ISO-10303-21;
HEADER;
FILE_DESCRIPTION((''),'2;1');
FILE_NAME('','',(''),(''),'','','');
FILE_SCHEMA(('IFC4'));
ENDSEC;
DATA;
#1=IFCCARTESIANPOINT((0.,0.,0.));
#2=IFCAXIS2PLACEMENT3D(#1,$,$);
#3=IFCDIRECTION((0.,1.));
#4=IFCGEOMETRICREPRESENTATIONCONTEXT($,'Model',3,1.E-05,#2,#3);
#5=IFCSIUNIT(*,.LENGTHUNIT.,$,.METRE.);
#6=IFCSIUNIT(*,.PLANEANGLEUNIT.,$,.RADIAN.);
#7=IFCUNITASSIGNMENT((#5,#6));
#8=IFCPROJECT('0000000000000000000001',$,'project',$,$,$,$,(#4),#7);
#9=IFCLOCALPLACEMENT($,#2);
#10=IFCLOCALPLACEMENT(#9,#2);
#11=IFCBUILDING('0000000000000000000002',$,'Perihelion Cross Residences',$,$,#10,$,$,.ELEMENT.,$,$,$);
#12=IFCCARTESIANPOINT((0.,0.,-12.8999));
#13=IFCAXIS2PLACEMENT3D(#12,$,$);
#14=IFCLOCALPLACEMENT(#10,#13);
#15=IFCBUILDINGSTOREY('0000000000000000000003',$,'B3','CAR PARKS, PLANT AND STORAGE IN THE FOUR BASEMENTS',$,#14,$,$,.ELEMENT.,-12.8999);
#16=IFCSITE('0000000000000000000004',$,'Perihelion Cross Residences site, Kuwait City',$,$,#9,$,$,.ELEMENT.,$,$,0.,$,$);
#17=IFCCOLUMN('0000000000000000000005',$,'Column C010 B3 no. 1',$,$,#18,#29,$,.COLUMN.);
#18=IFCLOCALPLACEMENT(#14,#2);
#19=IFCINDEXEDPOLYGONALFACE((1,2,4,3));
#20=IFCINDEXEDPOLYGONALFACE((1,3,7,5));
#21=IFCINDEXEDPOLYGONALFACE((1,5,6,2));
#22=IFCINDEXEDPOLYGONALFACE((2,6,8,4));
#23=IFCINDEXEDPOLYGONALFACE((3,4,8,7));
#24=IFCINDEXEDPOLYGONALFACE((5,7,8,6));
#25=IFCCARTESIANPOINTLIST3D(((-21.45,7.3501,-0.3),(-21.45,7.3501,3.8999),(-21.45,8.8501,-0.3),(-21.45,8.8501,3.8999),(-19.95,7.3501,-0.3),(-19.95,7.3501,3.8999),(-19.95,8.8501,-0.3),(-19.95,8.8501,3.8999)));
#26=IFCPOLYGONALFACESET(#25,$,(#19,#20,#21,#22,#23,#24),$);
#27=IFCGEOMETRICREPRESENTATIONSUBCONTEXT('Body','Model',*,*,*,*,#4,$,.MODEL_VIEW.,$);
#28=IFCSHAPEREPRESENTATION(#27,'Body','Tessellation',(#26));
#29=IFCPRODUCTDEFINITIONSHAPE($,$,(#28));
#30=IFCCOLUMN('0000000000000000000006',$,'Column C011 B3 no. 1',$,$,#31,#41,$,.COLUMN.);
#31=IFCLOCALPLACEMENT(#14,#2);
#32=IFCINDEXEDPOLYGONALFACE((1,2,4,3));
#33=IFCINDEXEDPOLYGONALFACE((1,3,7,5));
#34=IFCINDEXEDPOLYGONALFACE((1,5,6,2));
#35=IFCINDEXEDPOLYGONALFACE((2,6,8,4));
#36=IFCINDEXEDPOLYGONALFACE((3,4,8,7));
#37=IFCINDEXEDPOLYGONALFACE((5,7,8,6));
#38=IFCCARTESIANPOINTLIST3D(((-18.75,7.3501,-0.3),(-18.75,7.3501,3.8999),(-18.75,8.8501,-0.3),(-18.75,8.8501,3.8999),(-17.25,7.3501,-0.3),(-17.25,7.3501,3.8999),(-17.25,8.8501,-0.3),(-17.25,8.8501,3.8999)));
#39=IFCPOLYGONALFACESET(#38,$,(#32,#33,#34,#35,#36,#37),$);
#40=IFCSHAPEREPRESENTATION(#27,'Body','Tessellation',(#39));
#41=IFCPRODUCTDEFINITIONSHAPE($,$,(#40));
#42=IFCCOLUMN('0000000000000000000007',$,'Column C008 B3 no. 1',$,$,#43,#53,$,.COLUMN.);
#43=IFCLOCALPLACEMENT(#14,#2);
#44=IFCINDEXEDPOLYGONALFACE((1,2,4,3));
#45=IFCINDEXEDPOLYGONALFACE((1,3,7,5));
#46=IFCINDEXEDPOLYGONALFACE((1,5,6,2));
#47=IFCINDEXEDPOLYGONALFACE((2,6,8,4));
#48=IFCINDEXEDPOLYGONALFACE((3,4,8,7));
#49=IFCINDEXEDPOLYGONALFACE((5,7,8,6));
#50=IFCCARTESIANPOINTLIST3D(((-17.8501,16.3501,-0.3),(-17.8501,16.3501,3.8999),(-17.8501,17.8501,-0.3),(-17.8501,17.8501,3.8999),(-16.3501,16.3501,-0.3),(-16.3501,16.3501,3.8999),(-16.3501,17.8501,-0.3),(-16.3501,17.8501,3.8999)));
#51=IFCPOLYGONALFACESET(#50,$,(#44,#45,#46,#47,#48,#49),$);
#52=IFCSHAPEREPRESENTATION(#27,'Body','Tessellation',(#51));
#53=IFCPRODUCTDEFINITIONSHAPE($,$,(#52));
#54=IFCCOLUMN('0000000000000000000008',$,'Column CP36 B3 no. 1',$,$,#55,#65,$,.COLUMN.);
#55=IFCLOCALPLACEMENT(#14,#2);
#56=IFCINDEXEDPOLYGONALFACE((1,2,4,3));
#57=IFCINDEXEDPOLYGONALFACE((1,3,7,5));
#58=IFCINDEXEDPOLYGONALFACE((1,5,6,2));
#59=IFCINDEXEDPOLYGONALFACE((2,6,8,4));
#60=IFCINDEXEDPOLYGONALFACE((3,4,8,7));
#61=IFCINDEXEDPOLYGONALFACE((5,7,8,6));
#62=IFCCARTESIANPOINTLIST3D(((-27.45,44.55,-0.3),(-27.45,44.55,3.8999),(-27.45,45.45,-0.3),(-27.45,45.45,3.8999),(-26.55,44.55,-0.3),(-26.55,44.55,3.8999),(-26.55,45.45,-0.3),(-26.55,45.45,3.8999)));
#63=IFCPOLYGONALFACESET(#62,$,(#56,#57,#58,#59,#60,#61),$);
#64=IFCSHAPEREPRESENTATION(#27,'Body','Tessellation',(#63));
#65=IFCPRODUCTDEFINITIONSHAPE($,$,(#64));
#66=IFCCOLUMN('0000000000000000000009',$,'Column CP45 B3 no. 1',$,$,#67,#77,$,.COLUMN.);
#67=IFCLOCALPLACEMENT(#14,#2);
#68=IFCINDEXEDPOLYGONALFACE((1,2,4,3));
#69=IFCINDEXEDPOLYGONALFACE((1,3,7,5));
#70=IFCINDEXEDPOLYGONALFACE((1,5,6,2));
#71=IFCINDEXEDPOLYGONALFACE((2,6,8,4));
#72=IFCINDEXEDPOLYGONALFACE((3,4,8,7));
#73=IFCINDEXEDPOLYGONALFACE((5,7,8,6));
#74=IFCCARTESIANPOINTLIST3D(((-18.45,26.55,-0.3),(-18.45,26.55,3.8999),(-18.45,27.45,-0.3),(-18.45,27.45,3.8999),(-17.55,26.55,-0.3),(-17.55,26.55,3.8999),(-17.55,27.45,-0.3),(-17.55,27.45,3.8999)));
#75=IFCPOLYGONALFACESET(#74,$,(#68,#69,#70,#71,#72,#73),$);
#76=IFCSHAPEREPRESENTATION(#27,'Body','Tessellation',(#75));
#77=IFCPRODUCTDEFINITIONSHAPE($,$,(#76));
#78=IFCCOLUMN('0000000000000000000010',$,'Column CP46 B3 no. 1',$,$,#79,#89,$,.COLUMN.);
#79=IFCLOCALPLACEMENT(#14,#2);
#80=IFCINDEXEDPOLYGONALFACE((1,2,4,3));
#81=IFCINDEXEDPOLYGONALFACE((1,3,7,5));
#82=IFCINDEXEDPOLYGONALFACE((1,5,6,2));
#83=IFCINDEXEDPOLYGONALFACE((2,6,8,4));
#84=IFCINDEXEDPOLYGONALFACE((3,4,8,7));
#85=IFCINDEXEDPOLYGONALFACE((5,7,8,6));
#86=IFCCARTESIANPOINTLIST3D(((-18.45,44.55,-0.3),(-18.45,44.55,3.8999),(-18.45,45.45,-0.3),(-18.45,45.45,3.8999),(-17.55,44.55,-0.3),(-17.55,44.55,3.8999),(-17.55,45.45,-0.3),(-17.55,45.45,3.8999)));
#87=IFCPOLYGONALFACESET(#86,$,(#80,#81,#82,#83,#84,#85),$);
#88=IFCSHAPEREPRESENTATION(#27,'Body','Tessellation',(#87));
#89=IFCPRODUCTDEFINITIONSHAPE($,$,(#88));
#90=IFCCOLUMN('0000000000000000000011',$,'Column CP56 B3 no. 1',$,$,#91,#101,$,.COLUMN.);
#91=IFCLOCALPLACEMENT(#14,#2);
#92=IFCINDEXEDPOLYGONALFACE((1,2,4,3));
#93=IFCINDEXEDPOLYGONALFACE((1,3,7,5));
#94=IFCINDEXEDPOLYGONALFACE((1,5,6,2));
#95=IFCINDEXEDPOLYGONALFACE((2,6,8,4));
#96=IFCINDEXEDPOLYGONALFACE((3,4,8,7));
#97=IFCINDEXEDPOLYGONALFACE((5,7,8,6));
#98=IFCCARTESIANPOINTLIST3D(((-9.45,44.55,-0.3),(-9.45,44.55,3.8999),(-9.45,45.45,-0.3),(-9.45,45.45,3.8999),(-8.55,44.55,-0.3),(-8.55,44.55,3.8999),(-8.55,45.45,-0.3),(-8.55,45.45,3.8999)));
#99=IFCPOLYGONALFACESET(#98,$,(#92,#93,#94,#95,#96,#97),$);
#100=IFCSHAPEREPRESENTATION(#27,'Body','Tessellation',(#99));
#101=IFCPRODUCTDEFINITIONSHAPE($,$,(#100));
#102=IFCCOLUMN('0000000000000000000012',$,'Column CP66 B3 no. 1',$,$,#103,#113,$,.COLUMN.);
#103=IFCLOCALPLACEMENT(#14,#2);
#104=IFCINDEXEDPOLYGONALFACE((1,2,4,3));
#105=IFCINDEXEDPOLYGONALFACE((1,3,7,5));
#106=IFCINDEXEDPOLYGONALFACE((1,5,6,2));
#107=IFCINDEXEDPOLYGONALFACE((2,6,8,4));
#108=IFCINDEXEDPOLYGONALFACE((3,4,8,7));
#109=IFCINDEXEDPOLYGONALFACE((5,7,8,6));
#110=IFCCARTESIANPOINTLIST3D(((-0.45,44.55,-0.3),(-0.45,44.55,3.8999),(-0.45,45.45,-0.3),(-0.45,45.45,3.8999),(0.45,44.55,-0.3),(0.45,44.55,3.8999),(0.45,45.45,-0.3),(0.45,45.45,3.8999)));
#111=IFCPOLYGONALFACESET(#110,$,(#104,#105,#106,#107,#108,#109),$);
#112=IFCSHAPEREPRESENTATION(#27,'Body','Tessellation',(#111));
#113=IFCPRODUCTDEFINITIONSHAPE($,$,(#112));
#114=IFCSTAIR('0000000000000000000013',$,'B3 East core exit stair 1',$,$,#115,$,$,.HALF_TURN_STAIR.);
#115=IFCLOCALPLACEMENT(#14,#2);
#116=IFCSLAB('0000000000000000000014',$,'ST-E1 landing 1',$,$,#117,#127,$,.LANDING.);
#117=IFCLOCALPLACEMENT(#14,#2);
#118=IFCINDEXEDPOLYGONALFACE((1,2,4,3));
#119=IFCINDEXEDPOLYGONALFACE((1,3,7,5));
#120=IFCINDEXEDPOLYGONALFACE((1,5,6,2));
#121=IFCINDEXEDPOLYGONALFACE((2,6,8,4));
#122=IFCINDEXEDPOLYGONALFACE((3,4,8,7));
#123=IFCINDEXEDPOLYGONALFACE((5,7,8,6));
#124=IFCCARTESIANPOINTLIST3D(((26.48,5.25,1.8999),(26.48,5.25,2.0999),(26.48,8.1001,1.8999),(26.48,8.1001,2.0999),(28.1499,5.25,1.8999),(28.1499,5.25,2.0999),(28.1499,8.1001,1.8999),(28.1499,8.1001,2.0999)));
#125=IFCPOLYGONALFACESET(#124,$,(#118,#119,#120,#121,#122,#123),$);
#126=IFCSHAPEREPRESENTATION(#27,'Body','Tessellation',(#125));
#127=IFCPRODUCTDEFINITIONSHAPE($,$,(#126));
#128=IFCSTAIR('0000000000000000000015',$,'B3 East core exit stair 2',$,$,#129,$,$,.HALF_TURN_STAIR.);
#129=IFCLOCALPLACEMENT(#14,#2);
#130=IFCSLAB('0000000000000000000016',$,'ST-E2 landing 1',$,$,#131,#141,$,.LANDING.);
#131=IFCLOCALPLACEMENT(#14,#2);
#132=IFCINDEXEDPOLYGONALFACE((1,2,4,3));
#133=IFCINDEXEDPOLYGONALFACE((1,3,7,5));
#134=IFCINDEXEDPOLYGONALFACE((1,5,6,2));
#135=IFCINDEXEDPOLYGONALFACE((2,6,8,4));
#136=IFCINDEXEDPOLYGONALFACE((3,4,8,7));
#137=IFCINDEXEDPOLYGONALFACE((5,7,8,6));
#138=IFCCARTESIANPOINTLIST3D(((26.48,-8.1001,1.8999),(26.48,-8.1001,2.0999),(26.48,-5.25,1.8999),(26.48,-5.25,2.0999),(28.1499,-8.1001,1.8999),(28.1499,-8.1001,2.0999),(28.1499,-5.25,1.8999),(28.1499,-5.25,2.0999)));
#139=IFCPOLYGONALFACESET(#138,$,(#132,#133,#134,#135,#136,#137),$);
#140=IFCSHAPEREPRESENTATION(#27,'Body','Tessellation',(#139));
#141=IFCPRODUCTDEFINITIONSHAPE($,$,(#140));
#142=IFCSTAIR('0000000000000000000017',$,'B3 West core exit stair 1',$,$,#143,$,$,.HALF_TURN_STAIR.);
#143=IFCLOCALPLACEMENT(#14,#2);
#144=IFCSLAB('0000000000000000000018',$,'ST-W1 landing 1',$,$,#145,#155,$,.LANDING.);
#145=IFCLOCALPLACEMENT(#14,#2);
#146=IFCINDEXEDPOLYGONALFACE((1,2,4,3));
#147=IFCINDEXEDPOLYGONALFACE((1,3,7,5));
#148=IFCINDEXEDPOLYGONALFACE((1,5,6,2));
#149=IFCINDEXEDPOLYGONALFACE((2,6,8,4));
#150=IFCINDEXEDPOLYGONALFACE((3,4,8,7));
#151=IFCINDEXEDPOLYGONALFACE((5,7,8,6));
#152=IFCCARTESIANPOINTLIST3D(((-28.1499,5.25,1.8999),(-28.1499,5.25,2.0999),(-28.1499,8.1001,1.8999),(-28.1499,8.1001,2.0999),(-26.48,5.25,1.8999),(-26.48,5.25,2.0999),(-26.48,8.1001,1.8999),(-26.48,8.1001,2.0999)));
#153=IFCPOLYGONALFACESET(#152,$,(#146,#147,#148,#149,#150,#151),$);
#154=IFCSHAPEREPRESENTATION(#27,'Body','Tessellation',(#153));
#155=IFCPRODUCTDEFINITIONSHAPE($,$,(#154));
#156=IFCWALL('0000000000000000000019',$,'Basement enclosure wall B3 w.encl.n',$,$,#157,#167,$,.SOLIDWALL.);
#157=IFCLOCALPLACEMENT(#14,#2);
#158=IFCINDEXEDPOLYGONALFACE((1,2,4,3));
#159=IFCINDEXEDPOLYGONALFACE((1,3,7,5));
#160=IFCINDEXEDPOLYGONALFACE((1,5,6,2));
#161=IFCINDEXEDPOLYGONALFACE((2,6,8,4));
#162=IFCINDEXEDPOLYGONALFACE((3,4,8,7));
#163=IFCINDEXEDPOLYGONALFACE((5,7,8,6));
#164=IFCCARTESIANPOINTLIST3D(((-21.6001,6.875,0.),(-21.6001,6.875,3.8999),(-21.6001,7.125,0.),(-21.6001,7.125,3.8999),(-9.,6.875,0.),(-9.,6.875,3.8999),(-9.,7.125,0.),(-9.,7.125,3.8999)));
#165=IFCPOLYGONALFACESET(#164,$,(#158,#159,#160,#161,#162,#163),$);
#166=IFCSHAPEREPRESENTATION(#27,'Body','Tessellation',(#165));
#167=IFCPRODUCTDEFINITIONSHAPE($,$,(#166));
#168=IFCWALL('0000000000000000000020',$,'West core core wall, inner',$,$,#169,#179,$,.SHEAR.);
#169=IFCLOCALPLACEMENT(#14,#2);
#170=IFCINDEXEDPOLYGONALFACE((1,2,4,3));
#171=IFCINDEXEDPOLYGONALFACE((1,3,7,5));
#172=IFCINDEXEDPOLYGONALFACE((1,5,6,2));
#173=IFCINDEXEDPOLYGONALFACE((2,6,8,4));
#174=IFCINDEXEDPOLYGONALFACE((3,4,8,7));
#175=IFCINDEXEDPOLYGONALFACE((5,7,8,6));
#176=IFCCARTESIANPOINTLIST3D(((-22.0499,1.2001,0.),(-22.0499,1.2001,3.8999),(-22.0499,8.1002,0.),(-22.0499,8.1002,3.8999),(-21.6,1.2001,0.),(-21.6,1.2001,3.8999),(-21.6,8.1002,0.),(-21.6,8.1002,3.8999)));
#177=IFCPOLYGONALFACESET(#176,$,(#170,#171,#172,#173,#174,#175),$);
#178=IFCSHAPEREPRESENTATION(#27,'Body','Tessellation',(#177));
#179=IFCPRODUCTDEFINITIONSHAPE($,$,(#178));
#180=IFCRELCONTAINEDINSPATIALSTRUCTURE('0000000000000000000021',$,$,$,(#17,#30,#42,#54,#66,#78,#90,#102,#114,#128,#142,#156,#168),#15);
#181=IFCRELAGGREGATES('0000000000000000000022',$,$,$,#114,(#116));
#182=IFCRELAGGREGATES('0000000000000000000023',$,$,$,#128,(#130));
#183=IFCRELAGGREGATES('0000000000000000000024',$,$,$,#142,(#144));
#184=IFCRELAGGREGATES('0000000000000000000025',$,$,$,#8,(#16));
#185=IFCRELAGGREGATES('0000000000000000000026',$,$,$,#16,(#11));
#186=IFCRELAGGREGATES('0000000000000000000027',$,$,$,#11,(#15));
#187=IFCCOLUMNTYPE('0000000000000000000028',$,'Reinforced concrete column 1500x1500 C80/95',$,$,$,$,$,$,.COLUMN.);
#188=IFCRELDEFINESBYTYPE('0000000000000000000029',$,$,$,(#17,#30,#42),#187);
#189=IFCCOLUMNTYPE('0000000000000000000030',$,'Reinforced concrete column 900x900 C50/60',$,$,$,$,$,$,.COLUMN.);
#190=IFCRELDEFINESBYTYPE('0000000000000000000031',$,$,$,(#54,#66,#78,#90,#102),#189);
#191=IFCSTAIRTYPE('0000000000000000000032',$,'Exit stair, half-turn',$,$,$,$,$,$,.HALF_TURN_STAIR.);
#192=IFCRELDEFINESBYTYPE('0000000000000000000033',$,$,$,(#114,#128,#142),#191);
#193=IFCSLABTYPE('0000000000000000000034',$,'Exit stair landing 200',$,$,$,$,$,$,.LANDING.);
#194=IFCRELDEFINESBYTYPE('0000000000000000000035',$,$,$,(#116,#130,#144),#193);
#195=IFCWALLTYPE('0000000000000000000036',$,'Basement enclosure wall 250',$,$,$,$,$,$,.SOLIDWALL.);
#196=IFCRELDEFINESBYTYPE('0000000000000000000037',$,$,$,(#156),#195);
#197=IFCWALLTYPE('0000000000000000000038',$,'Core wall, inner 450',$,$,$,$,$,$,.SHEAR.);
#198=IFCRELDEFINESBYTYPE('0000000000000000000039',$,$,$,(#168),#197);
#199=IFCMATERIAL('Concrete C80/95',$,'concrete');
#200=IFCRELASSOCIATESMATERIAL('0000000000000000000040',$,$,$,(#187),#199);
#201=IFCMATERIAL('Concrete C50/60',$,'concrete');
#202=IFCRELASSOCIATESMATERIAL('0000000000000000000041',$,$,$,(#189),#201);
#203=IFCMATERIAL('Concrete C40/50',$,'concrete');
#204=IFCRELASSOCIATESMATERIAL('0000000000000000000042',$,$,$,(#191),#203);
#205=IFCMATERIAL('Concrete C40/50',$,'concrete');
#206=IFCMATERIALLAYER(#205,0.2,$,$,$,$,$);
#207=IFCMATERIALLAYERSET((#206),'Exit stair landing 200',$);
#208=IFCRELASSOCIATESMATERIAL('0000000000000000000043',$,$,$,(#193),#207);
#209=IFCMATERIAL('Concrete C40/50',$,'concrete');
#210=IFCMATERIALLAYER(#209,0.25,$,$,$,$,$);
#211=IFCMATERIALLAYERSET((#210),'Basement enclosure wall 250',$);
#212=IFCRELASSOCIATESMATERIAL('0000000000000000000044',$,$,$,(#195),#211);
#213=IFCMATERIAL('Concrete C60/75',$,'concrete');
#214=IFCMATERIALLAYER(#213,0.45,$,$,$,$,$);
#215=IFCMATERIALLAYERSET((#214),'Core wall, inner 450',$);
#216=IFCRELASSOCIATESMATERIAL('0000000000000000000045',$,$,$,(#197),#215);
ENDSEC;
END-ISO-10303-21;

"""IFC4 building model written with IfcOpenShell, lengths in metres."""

from ifc_helpers import new_model, si_unit, direction, frame, frame_2d, origin, origin_2d, place, context, subcontext, project, spatial, polyline, rectangle, outline, extrude, material, layer, layer_set, material_profile, profile_set, type_object, element, aggregate, save


model = new_model("IFC4")

# Units and contexts
model_context = context("Model", 3, precision=1e-05, world=origin(), true_north=direction((0.0, 1.0)))
body_context = subcontext(model_context, "Body", "Model", "MODEL_VIEW")
ifc_project = project(units=[si_unit("LENGTHUNIT", "METRE"), si_unit("PLANEANGLEUNIT", "RADIAN")], contexts=[model_context])

# Site, building, storey
site_placement = place(None, origin())
site = spatial("IfcSite", under=ifc_project, at=site_placement, Name="Perihelion Cross Residences site, Kuwait City", CompositionType="ELEMENT", RefElevation=0.0)
building_placement = place(site_placement, origin())
building = spatial("IfcBuilding", under=site, at=building_placement, Name="Perihelion Cross Residences", CompositionType="ELEMENT")
storey_placement = place(building_placement, frame((0.0, 0.0, -12.8999)))
storey = spatial("IfcBuildingStorey", under=building, at=storey_placement, Name="B3", Description="CAR PARKS, PLANT AND STORAGE IN THE FOUR BASEMENTS", CompositionType="ELEMENT", Elevation=-12.8999)

# Columns
ifc_material_1 = material(Name="Concrete C80/95", Category="concrete")
ifc_material_profile_1 = material_profile(ifc_material_1, rectangle(XDim=1.5, YDim=1.5, at=origin_2d()), Name="RC 1500x1500")
ifc_profile_set_1 = profile_set([ifc_material_profile_1], Name="Concrete C80/95")
column_type_1 = type_object("IfcColumnType", Name="Reinforced concrete column 1500x1500 C80/95", PredefinedType="COLUMN", material=ifc_profile_set_1)
for number, where, z_axis, x_axis, name in (
    (1, (-20.7, 8.1001, -0.3), (0.0, 0.0, 1.0), (1.0, 0.0, 0.0), "Column C010 B3 no. 1"),
    (2, (-18.0, 8.1001, -0.3), (0.0, 0.0, 1.0), (1.0, 0.0, 0.0), "Column C011 B3 no. 1"),
    (3, (-17.1001, 17.1001, -0.3), (0.0, 0.0, 1.0), (1.0, 0.0, 0.0), "Column C008 B3 no. 1"),
):
    element("IfcColumn", number, at=place(storey_placement, frame(where, z_axis=z_axis, x_axis=x_axis)), inside=storey, type_object=column_type_1, Name=name, PredefinedType="COLUMN", context=body_context, shape_type="SweptSolid", body=[
        extrude(rectangle(XDim=1.5, YDim=1.5, at=origin_2d()), origin(), (0.0, 0.0, 1.0), 4.2),
    ])
ifc_material_2 = material(Name="Concrete C50/60", Category="concrete")
ifc_material_profile_2 = material_profile(ifc_material_2, rectangle(XDim=0.8999, YDim=0.8999, at=origin_2d()), Name="RC 900x900")
ifc_profile_set_2 = profile_set([ifc_material_profile_2], Name="Concrete C50/60")
column_type_2 = type_object("IfcColumnType", Name="Reinforced concrete column 900x900 C50/60", PredefinedType="COLUMN", material=ifc_profile_set_2)
for number, where, z_axis, x_axis, name in (
    (4, (-27.0, 45.0, -0.3), (0.0, 0.0, 1.0), (1.0, 0.0, 0.0), "Column CP36 B3 no. 1"),
    (5, (-18.0, 27.0, -0.3), (0.0, 0.0, 1.0), (1.0, 0.0, 0.0), "Column CP45 B3 no. 1"),
    (6, (-18.0, 45.0, -0.3), (0.0, 0.0, 1.0), (1.0, 0.0, 0.0), "Column CP46 B3 no. 1"),
    (7, (-9.0, 45.0, -0.3), (0.0, 0.0, 1.0), (1.0, 0.0, 0.0), "Column CP56 B3 no. 1"),
    (8, (0.0, 45.0, -0.3), (0.0, 0.0, 1.0), (1.0, 0.0, 0.0), "Column CP66 B3 no. 1"),
):
    element("IfcColumn", number, at=place(storey_placement, frame(where, z_axis=z_axis, x_axis=x_axis)), inside=storey, type_object=column_type_2, Name=name, PredefinedType="COLUMN", context=body_context, shape_type="SweptSolid", body=[
        extrude(rectangle(XDim=0.8999, YDim=0.8999, at=origin_2d()), origin(), (0.0, 0.0, 1.0), 4.2),
    ])

# Stairs, slabs
ifc_material_3 = material(Name="Concrete C40/50", Category="concrete")
stair_type = type_object("IfcStairType", Name="Exit stair, half-turn", PredefinedType="HALF_TURN_STAIR", material=ifc_material_3)
stair_1_placement = place(storey_placement, origin())
stair_1 = element("IfcStair", 9, at=stair_1_placement, inside=storey, type_object=stair_type, Name="B3 East core exit stair 1", PredefinedType="HALF_TURN_STAIR")
ifc_material_4 = material(Name="Concrete C40/50", Category="concrete")
ifc_layer_1 = layer(ifc_material_4, 0.2)
ifc_layer_set_1 = layer_set([ifc_layer_1], Name="Exit stair landing 200")
slab_type = type_object("IfcSlabType", Name="Exit stair landing 200", PredefinedType="LANDING", material=ifc_layer_set_1)
slab_1_placement = place(storey_placement, frame((0.0, 0.0, 1.8999)))
slab_1 = element("IfcSlab", 10, at=slab_1_placement, type_object=slab_type, Name="ST-E1 landing 1", PredefinedType="LANDING", context=body_context, shape_type="SweptSolid", body=[
    extrude(outline(polyline([(26.48, 5.25), (28.1499, 5.25), (28.1499, 8.1001), (26.48, 8.1001), (26.48, 5.25)])), origin(), (0.0, 0.0, 1.0), 0.2),
])
aggregate(stair_1, [slab_1])
stair_2_placement = place(storey_placement, origin())
stair_2 = element("IfcStair", 11, at=stair_2_placement, inside=storey, type_object=stair_type, Name="B3 East core exit stair 2", PredefinedType="HALF_TURN_STAIR")
slab_2_placement = place(storey_placement, frame((0.0, 0.0, 1.8999)))
slab_2 = element("IfcSlab", 12, at=slab_2_placement, type_object=slab_type, Name="ST-E2 landing 1", PredefinedType="LANDING", context=body_context, shape_type="SweptSolid", body=[
    extrude(outline(polyline([(26.48, -8.1001), (28.1499, -8.1001), (28.1499, -5.25), (26.48, -5.25), (26.48, -8.1001)])), origin(), (0.0, 0.0, 1.0), 0.2),
])
aggregate(stair_2, [slab_2])
stair_3_placement = place(storey_placement, origin())
stair_3 = element("IfcStair", 13, at=stair_3_placement, inside=storey, type_object=stair_type, Name="B3 West core exit stair 1", PredefinedType="HALF_TURN_STAIR")
slab_3_placement = place(storey_placement, frame((0.0, 0.0, 1.8999)))
slab_3 = element("IfcSlab", 14, at=slab_3_placement, type_object=slab_type, Name="ST-W1 landing 1", PredefinedType="LANDING", context=body_context, shape_type="SweptSolid", body=[
    extrude(outline(polyline([(-26.48, 8.1001), (-28.1499, 8.1001), (-28.1499, 5.25), (-26.48, 5.25), (-26.48, 8.1001)])), origin(), (0.0, 0.0, 1.0), 0.2),
])

# Walls
ifc_material_5 = material(Name="Concrete C40/50", Category="concrete")
ifc_layer_2 = layer(ifc_material_5, 0.25)
ifc_layer_set_2 = layer_set([ifc_layer_2], Name="Basement enclosure wall 250")
wall_type_1 = type_object("IfcWallType", Name="Basement enclosure wall 250", PredefinedType="SOLIDWALL", material=ifc_layer_set_2)
wall_1_placement = place(storey_placement, frame((-9.0, 7.0, 0.0), z_axis=(0.0, 0.0, 1.0), x_axis=(-1.0, 0.0, 0.0)))
element("IfcWall", 15, at=wall_1_placement, inside=storey, type_object=wall_type_1, Name="Basement enclosure wall B3 w.encl.n", PredefinedType="SOLIDWALL", context=body_context, shape_type="SweptSolid", body=[
    extrude(rectangle(XDim=12.6001, YDim=0.25, at=frame_2d((6.3, 0.0))), origin(), (0.0, 0.0, 1.0), 3.8999),
])
ifc_material_6 = material(Name="Concrete C60/75", Category="concrete")
ifc_layer_3 = layer(ifc_material_6, 0.45)
ifc_layer_set_3 = layer_set([ifc_layer_3], Name="Core wall, inner 450")
wall_type_2 = type_object("IfcWallType", Name="Core wall, inner 450", PredefinedType="SHEAR", material=ifc_layer_set_3)
wall_2_placement = place(storey_placement, frame((-21.825, 1.2, 0.0), z_axis=(0.0, 0.0, 1.0), x_axis=(0.0, 1.0, 0.0)))
element("IfcWall", 16, at=wall_2_placement, inside=storey, type_object=wall_type_2, Name="West core core wall, inner", PredefinedType="SHEAR", context=body_context, shape_type="SweptSolid", body=[
    extrude(rectangle(XDim=6.9001, YDim=0.45, at=frame_2d((3.4502, 0.0))), origin(), (0.0, 0.0, 1.0), 3.8999),
])

aggregate(stair_3, [slab_3])

save(model, "model.ifc")
